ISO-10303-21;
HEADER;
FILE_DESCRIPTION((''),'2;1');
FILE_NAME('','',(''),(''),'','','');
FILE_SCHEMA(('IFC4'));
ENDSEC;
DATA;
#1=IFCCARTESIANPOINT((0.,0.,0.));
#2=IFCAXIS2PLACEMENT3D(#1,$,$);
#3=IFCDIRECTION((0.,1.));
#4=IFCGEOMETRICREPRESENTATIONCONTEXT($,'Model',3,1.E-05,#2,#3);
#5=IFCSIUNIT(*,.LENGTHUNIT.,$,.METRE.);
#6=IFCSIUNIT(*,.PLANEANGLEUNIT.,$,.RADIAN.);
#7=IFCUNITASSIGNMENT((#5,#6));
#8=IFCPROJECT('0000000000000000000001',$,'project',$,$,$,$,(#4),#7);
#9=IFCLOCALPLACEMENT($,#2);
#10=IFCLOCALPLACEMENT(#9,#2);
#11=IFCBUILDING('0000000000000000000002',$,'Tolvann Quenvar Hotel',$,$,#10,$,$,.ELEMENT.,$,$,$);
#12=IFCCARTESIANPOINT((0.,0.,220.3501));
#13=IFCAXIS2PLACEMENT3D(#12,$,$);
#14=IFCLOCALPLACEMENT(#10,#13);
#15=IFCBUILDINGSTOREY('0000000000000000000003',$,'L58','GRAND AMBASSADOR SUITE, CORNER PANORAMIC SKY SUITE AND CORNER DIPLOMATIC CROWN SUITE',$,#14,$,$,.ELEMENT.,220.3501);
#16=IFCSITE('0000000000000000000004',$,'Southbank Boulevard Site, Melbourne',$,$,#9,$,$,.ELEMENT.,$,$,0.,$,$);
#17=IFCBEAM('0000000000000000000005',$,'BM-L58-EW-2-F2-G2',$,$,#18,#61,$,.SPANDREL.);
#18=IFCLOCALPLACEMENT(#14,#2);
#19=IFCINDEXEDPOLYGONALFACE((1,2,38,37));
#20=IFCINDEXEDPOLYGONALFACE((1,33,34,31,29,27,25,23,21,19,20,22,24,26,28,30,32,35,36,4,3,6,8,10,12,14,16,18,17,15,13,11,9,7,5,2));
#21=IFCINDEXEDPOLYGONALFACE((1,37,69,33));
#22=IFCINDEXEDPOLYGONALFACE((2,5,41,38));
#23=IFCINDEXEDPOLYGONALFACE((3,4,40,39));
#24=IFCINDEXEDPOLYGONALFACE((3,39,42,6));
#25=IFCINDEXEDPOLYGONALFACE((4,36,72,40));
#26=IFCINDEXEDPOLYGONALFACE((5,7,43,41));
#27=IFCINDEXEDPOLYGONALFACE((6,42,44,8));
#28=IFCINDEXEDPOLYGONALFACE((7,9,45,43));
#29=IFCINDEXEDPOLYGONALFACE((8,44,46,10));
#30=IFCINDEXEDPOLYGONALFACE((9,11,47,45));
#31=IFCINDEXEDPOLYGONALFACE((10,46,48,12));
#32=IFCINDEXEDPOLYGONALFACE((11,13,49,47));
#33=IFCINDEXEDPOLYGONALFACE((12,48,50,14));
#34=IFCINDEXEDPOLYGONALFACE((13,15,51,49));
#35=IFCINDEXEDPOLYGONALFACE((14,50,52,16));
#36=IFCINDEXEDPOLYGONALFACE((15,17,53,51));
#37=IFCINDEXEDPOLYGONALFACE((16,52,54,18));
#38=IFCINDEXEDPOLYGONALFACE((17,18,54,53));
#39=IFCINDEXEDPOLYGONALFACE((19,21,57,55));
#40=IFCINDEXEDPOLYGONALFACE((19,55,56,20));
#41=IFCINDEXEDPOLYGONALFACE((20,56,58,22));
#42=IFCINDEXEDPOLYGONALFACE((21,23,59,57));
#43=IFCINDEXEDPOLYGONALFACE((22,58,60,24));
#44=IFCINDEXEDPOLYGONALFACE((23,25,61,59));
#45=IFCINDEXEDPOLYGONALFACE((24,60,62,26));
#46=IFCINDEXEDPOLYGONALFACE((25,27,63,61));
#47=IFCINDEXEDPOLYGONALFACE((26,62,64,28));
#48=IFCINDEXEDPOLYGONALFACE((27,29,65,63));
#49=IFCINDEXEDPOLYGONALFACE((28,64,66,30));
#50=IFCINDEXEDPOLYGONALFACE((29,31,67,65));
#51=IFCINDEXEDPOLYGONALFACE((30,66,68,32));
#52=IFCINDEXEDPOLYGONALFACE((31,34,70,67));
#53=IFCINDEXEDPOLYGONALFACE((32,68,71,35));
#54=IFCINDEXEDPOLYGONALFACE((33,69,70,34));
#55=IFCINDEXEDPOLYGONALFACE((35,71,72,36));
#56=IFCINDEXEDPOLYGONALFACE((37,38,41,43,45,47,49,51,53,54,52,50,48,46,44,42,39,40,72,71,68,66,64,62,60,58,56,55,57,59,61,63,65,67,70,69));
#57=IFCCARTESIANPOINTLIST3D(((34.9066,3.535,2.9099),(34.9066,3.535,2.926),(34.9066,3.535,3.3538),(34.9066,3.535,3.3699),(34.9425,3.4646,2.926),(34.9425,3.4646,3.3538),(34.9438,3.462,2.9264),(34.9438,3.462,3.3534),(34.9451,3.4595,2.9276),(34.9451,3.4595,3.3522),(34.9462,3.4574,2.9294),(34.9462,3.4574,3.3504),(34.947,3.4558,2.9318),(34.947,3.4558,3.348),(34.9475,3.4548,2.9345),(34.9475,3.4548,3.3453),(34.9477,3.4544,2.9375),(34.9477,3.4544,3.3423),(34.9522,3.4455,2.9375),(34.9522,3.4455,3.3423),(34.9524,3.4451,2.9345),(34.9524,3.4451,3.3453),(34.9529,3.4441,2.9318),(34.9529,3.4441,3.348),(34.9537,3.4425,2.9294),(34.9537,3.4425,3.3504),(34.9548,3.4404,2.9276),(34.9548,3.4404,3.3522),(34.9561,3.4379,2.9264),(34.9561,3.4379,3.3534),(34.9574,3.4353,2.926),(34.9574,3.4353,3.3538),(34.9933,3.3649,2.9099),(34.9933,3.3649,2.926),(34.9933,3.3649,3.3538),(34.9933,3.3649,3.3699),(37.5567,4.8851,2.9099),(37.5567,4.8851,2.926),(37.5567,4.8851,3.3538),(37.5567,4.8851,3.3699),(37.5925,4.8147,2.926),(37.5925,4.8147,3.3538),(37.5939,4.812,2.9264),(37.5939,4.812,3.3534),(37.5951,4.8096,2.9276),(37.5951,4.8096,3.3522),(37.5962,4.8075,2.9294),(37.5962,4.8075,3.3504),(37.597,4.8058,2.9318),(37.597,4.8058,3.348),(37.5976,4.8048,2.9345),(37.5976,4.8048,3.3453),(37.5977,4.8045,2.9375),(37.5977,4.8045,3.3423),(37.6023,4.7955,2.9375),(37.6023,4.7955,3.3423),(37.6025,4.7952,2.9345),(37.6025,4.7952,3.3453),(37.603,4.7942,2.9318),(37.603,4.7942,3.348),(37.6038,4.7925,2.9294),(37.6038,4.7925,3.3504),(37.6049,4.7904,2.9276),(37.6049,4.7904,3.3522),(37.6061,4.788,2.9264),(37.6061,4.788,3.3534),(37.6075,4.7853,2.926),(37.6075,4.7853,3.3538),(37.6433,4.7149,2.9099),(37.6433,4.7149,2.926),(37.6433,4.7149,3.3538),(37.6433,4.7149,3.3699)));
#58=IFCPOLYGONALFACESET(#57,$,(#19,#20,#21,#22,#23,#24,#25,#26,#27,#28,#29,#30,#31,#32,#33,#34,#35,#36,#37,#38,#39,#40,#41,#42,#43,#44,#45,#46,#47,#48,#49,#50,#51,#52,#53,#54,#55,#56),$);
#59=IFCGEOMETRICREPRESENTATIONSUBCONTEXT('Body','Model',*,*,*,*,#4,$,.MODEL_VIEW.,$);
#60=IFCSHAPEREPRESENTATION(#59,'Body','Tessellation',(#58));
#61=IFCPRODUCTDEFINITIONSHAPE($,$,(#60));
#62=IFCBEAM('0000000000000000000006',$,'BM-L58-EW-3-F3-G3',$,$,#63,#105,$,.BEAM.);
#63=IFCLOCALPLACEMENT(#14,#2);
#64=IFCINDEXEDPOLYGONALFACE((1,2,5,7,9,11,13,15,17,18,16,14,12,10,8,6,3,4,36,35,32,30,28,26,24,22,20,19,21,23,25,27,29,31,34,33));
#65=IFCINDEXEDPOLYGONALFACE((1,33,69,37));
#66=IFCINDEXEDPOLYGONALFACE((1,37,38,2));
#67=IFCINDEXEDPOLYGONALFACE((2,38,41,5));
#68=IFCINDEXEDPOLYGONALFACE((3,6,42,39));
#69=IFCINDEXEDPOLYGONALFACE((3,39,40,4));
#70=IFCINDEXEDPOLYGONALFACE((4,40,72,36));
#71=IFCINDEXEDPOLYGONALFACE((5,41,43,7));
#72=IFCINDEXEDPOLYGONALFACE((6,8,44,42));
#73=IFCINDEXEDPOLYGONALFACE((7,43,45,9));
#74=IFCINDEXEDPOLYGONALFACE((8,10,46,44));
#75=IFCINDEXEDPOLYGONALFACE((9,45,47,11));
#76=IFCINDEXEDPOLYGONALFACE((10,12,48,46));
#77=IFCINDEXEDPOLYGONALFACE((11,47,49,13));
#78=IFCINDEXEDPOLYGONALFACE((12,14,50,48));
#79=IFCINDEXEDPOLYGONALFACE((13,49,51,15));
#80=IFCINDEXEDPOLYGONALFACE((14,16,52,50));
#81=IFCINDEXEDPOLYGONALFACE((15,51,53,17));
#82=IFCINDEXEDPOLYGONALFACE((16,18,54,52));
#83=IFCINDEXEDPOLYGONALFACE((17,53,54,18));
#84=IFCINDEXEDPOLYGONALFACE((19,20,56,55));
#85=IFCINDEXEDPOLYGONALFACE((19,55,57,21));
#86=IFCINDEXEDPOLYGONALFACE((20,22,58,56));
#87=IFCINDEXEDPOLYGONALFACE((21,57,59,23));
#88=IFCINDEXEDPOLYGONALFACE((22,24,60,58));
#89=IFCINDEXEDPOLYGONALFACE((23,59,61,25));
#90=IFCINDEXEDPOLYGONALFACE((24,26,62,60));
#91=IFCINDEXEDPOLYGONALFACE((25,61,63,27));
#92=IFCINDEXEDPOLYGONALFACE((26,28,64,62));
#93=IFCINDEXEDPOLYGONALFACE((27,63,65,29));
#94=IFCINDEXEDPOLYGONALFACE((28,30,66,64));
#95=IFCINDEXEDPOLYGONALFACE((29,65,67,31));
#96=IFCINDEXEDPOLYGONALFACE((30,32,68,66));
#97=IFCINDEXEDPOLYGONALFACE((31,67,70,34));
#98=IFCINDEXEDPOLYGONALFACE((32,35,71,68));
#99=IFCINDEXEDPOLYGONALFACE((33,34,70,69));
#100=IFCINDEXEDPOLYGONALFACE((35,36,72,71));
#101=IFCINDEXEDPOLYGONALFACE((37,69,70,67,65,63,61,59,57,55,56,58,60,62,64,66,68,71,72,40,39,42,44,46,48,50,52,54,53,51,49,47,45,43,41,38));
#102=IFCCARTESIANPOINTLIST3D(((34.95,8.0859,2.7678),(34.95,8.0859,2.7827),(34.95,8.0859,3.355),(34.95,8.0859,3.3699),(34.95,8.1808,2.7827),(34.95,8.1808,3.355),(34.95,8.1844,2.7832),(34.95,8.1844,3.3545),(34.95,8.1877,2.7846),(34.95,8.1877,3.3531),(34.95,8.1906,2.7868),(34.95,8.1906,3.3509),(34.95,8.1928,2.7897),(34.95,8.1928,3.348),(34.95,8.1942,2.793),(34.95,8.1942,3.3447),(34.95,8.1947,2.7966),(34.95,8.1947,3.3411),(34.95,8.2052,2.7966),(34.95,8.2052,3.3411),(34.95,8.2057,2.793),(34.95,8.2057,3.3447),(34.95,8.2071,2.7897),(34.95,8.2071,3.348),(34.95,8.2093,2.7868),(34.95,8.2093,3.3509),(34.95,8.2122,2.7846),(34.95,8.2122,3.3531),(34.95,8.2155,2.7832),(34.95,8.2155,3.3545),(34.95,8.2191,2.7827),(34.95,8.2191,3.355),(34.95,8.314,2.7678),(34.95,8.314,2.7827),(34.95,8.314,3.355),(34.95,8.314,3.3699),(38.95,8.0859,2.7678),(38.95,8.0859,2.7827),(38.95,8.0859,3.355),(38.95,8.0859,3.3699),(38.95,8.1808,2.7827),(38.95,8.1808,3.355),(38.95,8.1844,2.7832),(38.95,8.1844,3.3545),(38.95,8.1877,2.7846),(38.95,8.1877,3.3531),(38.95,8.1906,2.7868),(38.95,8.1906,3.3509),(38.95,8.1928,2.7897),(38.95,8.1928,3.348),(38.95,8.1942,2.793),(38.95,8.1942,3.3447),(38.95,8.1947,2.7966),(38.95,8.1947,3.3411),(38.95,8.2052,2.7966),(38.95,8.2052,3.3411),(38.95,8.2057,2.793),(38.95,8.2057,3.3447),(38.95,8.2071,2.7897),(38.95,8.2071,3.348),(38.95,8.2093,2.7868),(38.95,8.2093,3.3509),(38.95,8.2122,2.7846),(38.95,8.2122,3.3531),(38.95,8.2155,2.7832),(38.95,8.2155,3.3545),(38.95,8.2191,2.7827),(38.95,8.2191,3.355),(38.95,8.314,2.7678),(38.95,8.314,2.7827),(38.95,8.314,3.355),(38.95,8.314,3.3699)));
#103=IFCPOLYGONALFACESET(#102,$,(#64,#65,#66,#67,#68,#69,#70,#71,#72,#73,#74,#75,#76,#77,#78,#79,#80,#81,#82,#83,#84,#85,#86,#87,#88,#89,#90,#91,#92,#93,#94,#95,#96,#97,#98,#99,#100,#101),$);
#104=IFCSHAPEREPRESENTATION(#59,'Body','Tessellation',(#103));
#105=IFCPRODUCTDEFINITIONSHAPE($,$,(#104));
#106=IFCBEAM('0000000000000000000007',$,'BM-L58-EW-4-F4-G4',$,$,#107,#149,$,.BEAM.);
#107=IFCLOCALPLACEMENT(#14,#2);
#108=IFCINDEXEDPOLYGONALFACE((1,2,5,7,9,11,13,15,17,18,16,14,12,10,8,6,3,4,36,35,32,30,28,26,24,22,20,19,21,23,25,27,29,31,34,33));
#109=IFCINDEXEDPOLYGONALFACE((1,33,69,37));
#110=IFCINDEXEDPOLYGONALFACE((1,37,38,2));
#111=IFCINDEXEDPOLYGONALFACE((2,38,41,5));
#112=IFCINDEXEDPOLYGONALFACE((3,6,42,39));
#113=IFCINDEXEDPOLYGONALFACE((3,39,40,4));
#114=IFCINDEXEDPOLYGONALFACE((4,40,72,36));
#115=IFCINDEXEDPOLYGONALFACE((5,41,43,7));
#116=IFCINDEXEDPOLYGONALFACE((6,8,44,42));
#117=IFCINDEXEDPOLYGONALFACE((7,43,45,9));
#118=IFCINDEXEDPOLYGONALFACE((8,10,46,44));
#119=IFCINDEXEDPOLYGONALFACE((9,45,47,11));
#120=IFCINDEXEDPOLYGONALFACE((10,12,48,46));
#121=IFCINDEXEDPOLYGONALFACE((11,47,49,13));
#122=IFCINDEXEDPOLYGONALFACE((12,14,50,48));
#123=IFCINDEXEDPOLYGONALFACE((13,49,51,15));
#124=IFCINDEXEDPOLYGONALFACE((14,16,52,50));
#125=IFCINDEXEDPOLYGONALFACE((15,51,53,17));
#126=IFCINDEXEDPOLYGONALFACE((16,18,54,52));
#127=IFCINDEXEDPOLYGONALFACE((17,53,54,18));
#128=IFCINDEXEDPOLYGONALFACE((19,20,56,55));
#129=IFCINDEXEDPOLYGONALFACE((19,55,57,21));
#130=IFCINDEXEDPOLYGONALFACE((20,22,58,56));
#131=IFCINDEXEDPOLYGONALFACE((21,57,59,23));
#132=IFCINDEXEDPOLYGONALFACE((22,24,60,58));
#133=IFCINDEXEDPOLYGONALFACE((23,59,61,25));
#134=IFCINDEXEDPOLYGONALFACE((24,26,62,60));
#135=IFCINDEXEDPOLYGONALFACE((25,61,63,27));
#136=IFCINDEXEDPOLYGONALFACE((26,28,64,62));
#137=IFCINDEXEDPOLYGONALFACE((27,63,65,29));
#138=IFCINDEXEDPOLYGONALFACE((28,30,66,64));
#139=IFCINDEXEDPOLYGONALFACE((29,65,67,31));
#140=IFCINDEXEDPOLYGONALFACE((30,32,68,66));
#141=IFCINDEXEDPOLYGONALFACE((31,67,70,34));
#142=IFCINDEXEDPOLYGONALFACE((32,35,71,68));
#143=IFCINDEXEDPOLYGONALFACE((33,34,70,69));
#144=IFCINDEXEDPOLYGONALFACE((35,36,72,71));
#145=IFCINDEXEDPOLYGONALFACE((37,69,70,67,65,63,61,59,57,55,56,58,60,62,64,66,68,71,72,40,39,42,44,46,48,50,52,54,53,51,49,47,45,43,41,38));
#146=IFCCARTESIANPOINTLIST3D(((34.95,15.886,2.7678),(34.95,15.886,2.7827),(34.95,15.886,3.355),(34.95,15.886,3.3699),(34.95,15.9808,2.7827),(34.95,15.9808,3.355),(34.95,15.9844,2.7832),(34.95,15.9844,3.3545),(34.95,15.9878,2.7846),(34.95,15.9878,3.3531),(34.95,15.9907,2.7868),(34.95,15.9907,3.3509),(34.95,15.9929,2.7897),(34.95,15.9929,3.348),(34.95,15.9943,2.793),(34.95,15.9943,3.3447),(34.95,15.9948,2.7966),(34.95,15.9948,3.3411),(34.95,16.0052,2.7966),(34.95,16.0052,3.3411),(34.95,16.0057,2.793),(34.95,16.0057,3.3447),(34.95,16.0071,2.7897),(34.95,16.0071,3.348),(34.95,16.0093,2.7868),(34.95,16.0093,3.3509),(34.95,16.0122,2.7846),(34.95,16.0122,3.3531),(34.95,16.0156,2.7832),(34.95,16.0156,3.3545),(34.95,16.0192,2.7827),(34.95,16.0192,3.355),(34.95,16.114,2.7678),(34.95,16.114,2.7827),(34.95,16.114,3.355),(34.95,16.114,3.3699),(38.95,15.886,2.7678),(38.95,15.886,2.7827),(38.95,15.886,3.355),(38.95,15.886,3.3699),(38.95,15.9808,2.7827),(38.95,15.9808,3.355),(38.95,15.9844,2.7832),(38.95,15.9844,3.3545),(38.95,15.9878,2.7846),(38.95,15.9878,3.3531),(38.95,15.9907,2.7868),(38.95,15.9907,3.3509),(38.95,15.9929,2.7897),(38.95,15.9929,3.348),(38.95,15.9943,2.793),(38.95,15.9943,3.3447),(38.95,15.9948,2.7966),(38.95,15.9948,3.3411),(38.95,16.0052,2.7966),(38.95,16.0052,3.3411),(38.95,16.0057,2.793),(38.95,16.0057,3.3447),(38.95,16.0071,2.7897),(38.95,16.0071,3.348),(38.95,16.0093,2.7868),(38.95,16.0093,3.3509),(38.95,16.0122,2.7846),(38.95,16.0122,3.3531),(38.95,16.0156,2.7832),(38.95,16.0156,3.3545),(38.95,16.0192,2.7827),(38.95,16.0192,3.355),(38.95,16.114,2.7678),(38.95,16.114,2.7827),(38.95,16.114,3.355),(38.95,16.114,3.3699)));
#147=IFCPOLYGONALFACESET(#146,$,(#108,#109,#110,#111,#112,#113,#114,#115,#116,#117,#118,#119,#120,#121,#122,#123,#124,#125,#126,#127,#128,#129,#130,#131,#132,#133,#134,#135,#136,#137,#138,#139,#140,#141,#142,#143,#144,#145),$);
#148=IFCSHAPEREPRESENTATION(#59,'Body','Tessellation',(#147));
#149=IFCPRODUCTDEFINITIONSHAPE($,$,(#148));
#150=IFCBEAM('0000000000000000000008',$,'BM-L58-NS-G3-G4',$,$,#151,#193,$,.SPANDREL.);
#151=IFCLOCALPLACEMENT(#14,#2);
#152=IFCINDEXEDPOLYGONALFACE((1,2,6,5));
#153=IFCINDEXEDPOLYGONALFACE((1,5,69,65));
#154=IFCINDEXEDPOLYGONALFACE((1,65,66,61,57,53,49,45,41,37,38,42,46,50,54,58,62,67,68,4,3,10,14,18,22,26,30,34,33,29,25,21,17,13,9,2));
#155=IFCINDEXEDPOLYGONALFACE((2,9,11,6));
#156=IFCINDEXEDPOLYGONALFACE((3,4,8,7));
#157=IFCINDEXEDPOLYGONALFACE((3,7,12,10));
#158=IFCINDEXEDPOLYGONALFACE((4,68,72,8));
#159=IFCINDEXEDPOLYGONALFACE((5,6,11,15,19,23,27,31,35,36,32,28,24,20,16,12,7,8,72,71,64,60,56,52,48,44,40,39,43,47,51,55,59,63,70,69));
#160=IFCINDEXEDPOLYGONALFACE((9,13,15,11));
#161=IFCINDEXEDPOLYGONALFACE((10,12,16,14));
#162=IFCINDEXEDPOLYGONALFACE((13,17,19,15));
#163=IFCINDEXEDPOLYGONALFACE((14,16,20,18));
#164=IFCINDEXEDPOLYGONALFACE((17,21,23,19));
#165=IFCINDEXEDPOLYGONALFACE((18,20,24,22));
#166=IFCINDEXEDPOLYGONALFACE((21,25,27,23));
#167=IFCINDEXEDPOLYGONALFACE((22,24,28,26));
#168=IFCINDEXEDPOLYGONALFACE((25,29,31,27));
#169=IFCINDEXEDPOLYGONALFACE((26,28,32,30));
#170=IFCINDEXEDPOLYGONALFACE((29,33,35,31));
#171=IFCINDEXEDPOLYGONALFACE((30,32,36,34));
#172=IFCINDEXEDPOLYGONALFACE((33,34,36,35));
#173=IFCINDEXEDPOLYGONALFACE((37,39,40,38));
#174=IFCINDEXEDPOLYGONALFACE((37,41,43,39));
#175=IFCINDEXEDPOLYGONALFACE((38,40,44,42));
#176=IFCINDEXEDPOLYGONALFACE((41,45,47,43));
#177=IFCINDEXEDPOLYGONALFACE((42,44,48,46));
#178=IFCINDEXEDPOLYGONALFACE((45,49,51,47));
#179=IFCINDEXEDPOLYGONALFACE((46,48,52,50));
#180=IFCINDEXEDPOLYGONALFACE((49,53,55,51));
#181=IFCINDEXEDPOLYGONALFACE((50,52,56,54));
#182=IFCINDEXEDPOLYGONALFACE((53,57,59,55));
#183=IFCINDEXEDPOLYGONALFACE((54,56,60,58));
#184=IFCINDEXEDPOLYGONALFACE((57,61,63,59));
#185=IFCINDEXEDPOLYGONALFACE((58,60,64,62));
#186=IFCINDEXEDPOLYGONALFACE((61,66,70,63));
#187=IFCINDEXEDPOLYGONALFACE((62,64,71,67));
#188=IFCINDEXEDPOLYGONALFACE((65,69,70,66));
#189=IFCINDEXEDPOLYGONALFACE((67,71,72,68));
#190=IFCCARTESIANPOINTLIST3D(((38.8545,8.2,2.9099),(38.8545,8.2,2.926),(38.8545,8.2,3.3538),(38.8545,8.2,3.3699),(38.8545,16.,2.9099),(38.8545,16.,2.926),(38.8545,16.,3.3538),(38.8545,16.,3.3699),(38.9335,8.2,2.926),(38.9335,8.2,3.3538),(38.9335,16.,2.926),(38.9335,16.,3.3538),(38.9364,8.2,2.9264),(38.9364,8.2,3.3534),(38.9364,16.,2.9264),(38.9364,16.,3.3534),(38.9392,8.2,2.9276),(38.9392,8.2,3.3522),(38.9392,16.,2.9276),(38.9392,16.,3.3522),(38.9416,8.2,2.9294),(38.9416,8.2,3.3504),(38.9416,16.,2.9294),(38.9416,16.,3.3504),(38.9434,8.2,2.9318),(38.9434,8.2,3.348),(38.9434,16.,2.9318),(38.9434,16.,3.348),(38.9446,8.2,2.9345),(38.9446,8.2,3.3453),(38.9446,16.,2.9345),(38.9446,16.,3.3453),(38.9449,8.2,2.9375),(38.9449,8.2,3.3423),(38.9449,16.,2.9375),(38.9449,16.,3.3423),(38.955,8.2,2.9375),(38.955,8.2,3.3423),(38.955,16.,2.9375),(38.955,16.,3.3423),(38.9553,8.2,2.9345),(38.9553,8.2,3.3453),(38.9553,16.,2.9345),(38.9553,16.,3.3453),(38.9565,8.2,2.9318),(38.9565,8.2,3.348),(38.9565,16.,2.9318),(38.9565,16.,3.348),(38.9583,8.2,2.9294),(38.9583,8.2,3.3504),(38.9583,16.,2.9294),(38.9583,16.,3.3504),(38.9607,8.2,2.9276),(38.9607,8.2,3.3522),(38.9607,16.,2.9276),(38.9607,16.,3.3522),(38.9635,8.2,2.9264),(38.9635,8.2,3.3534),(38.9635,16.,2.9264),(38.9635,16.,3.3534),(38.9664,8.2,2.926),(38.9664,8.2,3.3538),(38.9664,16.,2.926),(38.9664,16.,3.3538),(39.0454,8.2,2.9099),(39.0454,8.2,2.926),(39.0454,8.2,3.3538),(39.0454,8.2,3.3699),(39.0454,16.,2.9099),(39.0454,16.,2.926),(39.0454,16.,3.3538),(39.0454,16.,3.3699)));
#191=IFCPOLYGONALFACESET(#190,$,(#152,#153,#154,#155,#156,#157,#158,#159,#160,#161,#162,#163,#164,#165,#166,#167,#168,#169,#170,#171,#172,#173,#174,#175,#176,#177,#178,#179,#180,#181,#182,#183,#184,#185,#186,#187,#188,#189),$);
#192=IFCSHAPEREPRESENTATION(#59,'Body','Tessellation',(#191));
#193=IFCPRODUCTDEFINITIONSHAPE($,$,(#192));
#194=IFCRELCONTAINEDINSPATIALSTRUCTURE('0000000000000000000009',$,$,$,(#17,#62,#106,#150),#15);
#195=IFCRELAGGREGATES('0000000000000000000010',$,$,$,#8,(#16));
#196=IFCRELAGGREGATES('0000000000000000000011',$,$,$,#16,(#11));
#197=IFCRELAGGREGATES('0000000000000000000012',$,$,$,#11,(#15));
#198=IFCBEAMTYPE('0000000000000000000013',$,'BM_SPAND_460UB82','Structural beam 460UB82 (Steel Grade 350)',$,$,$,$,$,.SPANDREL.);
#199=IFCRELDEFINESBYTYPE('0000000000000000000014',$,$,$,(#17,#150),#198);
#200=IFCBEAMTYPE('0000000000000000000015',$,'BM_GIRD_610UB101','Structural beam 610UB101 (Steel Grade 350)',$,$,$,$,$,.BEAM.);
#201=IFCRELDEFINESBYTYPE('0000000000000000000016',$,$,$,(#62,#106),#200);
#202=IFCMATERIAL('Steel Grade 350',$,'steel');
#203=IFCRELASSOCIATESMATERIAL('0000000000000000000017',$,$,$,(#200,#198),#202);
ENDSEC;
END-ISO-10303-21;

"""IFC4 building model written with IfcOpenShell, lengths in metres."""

from ifc_helpers import new_model, si_unit, direction, frame, origin, origin_2d, place, context, subcontext, project, spatial, i_section, extrude, source, transform, mapped, material, material_profile, profile_set, type_object, element, save


model = new_model("IFC4")

# Units and contexts
model_context = context("Model", 3, precision=1e-05, world=origin(), true_north=direction((0.0, 1.0)))
body_context = subcontext(model_context, "Body", "Model", "MODEL_VIEW")
ifc_project = project(units=[si_unit("LENGTHUNIT", "METRE"), si_unit("PLANEANGLEUNIT", "RADIAN")], contexts=[model_context])

# Site, building, storey
site_placement = place(None, origin())
site = spatial("IfcSite", under=ifc_project, at=site_placement, Name="Southbank Boulevard Site, Melbourne", CompositionType="ELEMENT", RefElevation=0.0)
building_placement = place(site_placement, origin())
building = spatial("IfcBuilding", under=site, at=building_placement, Name="Tolvann Quenvar Hotel", CompositionType="ELEMENT")
storey_placement = place(building_placement, frame((0.0, 0.0, 220.3501)))
storey = spatial("IfcBuildingStorey", under=building, at=storey_placement, Name="L58", Description="GRAND AMBASSADOR SUITE, CORNER PANORAMIC SKY SUITE AND CORNER DIPLOMATIC CROWN SUITE", CompositionType="ELEMENT", Elevation=220.3501)

# Shared definitions
ifc_material_1 = material(Name="Steel Grade 350", Category="steel")

# Beams
ifc_material_profile_1 = material_profile(ifc_material_1, i_section(OverallWidth=0.228, OverallDepth=0.6021, WebThickness=0.0105, FlangeThickness=0.0149, FilletRadius=0.0139, at=origin_2d()), Name="610UB101")
ifc_profile_set_1 = profile_set([ifc_material_profile_1], Name="Steel Grade 350")
beam_type_1 = type_object("IfcBeamType", Name="BM_GIRD_610UB101", Description="Structural beam 610UB101 (Steel Grade 350)", PredefinedType="BEAM", material=ifc_profile_set_1)
ifc_material_profile_2 = material_profile(ifc_material_1, i_section(OverallWidth=0.1909, OverallDepth=0.46, WebThickness=0.01, FlangeThickness=0.0161, FilletRadius=0.0115, at=origin_2d()), Name="460UB82")
ifc_profile_set_2 = profile_set([ifc_material_profile_2], Name="Steel Grade 350")
beam_type_2 = type_object("IfcBeamType", Name="BM_SPAND_460UB82", Description="Structural beam 460UB82 (Steel Grade 350)", PredefinedType="SPANDREL", material=ifc_profile_set_2)
shared_shape_1 = source(origin(), body_context, "Body", "SweptSolid", [
    extrude(i_section(OverallWidth=0.1909, OverallDepth=0.46, WebThickness=0.01, FlangeThickness=0.0161, FilletRadius=0.0115, at=origin_2d()), origin(), (0.0, 0.0, 1.0), 2.9741),
])
beam_1_placement = place(storey_placement, frame((34.95, 3.45, 3.1399), z_axis=(0.891036, 0.453932, 0.0), x_axis=(-0.453932, 0.891036, 0.0)))
element("IfcBeam", 1, at=beam_1_placement, inside=storey, type_object=beam_type_2, Name="BM-L58-EW-2-F2-G2", PredefinedType="SPANDREL", context=body_context, shape_type="MappedRepresentation", body=[
    mapped(shared_shape_1, transform((0.0, 0.0, 0.0), x_axis=(1.0, 0.0, 0.0), y_axis=(0.0, 1.0, 0.0), z_axis=(0.0, 0.0, 1.0), scale=1.0)),
])
shared_shape_2 = source(origin(), body_context, "Body", "SweptSolid", [
    extrude(i_section(OverallWidth=0.228, OverallDepth=0.6021, WebThickness=0.0105, FlangeThickness=0.0149, FilletRadius=0.0139, at=origin_2d()), origin(), (0.0, 0.0, 1.0), 4.0),
])
for number, where, z_axis, x_axis, name in (
    (2, (34.95, 8.2, 3.0688), (1.0, 0.0, 0.0), (0.0, 1.0, 0.0), "BM-L58-EW-3-F3-G3"),
    (3, (34.95, 16.0, 3.0688), (1.0, 0.0, 0.0), (0.0, 1.0, 0.0), "BM-L58-EW-4-F4-G4"),
):
    element("IfcBeam", number, at=place(storey_placement, frame(where, z_axis=z_axis, x_axis=x_axis)), inside=storey, type_object=beam_type_1, Name=name, PredefinedType="BEAM", context=body_context, shape_type="MappedRepresentation", body=[
        mapped(shared_shape_2, transform((0.0, 0.0, 0.0), x_axis=(1.0, 0.0, 0.0), y_axis=(0.0, 1.0, 0.0), z_axis=(0.0, 0.0, 1.0), scale=1.0)),
    ])
shared_shape_3 = source(origin(), body_context, "Body", "SweptSolid", [
    extrude(i_section(OverallWidth=0.1909, OverallDepth=0.46, WebThickness=0.01, FlangeThickness=0.0161, FilletRadius=0.0115, at=origin_2d()), origin(), (0.0, 0.0, 1.0), 7.8),
])
beam_2_placement = place(storey_placement, frame((38.95, 8.2, 3.1399), z_axis=(0.0, 1.0, 0.0), x_axis=(-1.0, 0.0, 0.0)))
element("IfcBeam", 4, at=beam_2_placement, inside=storey, type_object=beam_type_2, Name="BM-L58-NS-G3-G4", PredefinedType="SPANDREL", context=body_context, shape_type="MappedRepresentation", body=[
    mapped(shared_shape_3, transform((0.0, 0.0, 0.0), x_axis=(1.0, 0.0, 0.0), y_axis=(0.0, 1.0, 0.0), z_axis=(0.0, 0.0, 1.0), scale=1.0)),
])

save(model, "model.ifc")
